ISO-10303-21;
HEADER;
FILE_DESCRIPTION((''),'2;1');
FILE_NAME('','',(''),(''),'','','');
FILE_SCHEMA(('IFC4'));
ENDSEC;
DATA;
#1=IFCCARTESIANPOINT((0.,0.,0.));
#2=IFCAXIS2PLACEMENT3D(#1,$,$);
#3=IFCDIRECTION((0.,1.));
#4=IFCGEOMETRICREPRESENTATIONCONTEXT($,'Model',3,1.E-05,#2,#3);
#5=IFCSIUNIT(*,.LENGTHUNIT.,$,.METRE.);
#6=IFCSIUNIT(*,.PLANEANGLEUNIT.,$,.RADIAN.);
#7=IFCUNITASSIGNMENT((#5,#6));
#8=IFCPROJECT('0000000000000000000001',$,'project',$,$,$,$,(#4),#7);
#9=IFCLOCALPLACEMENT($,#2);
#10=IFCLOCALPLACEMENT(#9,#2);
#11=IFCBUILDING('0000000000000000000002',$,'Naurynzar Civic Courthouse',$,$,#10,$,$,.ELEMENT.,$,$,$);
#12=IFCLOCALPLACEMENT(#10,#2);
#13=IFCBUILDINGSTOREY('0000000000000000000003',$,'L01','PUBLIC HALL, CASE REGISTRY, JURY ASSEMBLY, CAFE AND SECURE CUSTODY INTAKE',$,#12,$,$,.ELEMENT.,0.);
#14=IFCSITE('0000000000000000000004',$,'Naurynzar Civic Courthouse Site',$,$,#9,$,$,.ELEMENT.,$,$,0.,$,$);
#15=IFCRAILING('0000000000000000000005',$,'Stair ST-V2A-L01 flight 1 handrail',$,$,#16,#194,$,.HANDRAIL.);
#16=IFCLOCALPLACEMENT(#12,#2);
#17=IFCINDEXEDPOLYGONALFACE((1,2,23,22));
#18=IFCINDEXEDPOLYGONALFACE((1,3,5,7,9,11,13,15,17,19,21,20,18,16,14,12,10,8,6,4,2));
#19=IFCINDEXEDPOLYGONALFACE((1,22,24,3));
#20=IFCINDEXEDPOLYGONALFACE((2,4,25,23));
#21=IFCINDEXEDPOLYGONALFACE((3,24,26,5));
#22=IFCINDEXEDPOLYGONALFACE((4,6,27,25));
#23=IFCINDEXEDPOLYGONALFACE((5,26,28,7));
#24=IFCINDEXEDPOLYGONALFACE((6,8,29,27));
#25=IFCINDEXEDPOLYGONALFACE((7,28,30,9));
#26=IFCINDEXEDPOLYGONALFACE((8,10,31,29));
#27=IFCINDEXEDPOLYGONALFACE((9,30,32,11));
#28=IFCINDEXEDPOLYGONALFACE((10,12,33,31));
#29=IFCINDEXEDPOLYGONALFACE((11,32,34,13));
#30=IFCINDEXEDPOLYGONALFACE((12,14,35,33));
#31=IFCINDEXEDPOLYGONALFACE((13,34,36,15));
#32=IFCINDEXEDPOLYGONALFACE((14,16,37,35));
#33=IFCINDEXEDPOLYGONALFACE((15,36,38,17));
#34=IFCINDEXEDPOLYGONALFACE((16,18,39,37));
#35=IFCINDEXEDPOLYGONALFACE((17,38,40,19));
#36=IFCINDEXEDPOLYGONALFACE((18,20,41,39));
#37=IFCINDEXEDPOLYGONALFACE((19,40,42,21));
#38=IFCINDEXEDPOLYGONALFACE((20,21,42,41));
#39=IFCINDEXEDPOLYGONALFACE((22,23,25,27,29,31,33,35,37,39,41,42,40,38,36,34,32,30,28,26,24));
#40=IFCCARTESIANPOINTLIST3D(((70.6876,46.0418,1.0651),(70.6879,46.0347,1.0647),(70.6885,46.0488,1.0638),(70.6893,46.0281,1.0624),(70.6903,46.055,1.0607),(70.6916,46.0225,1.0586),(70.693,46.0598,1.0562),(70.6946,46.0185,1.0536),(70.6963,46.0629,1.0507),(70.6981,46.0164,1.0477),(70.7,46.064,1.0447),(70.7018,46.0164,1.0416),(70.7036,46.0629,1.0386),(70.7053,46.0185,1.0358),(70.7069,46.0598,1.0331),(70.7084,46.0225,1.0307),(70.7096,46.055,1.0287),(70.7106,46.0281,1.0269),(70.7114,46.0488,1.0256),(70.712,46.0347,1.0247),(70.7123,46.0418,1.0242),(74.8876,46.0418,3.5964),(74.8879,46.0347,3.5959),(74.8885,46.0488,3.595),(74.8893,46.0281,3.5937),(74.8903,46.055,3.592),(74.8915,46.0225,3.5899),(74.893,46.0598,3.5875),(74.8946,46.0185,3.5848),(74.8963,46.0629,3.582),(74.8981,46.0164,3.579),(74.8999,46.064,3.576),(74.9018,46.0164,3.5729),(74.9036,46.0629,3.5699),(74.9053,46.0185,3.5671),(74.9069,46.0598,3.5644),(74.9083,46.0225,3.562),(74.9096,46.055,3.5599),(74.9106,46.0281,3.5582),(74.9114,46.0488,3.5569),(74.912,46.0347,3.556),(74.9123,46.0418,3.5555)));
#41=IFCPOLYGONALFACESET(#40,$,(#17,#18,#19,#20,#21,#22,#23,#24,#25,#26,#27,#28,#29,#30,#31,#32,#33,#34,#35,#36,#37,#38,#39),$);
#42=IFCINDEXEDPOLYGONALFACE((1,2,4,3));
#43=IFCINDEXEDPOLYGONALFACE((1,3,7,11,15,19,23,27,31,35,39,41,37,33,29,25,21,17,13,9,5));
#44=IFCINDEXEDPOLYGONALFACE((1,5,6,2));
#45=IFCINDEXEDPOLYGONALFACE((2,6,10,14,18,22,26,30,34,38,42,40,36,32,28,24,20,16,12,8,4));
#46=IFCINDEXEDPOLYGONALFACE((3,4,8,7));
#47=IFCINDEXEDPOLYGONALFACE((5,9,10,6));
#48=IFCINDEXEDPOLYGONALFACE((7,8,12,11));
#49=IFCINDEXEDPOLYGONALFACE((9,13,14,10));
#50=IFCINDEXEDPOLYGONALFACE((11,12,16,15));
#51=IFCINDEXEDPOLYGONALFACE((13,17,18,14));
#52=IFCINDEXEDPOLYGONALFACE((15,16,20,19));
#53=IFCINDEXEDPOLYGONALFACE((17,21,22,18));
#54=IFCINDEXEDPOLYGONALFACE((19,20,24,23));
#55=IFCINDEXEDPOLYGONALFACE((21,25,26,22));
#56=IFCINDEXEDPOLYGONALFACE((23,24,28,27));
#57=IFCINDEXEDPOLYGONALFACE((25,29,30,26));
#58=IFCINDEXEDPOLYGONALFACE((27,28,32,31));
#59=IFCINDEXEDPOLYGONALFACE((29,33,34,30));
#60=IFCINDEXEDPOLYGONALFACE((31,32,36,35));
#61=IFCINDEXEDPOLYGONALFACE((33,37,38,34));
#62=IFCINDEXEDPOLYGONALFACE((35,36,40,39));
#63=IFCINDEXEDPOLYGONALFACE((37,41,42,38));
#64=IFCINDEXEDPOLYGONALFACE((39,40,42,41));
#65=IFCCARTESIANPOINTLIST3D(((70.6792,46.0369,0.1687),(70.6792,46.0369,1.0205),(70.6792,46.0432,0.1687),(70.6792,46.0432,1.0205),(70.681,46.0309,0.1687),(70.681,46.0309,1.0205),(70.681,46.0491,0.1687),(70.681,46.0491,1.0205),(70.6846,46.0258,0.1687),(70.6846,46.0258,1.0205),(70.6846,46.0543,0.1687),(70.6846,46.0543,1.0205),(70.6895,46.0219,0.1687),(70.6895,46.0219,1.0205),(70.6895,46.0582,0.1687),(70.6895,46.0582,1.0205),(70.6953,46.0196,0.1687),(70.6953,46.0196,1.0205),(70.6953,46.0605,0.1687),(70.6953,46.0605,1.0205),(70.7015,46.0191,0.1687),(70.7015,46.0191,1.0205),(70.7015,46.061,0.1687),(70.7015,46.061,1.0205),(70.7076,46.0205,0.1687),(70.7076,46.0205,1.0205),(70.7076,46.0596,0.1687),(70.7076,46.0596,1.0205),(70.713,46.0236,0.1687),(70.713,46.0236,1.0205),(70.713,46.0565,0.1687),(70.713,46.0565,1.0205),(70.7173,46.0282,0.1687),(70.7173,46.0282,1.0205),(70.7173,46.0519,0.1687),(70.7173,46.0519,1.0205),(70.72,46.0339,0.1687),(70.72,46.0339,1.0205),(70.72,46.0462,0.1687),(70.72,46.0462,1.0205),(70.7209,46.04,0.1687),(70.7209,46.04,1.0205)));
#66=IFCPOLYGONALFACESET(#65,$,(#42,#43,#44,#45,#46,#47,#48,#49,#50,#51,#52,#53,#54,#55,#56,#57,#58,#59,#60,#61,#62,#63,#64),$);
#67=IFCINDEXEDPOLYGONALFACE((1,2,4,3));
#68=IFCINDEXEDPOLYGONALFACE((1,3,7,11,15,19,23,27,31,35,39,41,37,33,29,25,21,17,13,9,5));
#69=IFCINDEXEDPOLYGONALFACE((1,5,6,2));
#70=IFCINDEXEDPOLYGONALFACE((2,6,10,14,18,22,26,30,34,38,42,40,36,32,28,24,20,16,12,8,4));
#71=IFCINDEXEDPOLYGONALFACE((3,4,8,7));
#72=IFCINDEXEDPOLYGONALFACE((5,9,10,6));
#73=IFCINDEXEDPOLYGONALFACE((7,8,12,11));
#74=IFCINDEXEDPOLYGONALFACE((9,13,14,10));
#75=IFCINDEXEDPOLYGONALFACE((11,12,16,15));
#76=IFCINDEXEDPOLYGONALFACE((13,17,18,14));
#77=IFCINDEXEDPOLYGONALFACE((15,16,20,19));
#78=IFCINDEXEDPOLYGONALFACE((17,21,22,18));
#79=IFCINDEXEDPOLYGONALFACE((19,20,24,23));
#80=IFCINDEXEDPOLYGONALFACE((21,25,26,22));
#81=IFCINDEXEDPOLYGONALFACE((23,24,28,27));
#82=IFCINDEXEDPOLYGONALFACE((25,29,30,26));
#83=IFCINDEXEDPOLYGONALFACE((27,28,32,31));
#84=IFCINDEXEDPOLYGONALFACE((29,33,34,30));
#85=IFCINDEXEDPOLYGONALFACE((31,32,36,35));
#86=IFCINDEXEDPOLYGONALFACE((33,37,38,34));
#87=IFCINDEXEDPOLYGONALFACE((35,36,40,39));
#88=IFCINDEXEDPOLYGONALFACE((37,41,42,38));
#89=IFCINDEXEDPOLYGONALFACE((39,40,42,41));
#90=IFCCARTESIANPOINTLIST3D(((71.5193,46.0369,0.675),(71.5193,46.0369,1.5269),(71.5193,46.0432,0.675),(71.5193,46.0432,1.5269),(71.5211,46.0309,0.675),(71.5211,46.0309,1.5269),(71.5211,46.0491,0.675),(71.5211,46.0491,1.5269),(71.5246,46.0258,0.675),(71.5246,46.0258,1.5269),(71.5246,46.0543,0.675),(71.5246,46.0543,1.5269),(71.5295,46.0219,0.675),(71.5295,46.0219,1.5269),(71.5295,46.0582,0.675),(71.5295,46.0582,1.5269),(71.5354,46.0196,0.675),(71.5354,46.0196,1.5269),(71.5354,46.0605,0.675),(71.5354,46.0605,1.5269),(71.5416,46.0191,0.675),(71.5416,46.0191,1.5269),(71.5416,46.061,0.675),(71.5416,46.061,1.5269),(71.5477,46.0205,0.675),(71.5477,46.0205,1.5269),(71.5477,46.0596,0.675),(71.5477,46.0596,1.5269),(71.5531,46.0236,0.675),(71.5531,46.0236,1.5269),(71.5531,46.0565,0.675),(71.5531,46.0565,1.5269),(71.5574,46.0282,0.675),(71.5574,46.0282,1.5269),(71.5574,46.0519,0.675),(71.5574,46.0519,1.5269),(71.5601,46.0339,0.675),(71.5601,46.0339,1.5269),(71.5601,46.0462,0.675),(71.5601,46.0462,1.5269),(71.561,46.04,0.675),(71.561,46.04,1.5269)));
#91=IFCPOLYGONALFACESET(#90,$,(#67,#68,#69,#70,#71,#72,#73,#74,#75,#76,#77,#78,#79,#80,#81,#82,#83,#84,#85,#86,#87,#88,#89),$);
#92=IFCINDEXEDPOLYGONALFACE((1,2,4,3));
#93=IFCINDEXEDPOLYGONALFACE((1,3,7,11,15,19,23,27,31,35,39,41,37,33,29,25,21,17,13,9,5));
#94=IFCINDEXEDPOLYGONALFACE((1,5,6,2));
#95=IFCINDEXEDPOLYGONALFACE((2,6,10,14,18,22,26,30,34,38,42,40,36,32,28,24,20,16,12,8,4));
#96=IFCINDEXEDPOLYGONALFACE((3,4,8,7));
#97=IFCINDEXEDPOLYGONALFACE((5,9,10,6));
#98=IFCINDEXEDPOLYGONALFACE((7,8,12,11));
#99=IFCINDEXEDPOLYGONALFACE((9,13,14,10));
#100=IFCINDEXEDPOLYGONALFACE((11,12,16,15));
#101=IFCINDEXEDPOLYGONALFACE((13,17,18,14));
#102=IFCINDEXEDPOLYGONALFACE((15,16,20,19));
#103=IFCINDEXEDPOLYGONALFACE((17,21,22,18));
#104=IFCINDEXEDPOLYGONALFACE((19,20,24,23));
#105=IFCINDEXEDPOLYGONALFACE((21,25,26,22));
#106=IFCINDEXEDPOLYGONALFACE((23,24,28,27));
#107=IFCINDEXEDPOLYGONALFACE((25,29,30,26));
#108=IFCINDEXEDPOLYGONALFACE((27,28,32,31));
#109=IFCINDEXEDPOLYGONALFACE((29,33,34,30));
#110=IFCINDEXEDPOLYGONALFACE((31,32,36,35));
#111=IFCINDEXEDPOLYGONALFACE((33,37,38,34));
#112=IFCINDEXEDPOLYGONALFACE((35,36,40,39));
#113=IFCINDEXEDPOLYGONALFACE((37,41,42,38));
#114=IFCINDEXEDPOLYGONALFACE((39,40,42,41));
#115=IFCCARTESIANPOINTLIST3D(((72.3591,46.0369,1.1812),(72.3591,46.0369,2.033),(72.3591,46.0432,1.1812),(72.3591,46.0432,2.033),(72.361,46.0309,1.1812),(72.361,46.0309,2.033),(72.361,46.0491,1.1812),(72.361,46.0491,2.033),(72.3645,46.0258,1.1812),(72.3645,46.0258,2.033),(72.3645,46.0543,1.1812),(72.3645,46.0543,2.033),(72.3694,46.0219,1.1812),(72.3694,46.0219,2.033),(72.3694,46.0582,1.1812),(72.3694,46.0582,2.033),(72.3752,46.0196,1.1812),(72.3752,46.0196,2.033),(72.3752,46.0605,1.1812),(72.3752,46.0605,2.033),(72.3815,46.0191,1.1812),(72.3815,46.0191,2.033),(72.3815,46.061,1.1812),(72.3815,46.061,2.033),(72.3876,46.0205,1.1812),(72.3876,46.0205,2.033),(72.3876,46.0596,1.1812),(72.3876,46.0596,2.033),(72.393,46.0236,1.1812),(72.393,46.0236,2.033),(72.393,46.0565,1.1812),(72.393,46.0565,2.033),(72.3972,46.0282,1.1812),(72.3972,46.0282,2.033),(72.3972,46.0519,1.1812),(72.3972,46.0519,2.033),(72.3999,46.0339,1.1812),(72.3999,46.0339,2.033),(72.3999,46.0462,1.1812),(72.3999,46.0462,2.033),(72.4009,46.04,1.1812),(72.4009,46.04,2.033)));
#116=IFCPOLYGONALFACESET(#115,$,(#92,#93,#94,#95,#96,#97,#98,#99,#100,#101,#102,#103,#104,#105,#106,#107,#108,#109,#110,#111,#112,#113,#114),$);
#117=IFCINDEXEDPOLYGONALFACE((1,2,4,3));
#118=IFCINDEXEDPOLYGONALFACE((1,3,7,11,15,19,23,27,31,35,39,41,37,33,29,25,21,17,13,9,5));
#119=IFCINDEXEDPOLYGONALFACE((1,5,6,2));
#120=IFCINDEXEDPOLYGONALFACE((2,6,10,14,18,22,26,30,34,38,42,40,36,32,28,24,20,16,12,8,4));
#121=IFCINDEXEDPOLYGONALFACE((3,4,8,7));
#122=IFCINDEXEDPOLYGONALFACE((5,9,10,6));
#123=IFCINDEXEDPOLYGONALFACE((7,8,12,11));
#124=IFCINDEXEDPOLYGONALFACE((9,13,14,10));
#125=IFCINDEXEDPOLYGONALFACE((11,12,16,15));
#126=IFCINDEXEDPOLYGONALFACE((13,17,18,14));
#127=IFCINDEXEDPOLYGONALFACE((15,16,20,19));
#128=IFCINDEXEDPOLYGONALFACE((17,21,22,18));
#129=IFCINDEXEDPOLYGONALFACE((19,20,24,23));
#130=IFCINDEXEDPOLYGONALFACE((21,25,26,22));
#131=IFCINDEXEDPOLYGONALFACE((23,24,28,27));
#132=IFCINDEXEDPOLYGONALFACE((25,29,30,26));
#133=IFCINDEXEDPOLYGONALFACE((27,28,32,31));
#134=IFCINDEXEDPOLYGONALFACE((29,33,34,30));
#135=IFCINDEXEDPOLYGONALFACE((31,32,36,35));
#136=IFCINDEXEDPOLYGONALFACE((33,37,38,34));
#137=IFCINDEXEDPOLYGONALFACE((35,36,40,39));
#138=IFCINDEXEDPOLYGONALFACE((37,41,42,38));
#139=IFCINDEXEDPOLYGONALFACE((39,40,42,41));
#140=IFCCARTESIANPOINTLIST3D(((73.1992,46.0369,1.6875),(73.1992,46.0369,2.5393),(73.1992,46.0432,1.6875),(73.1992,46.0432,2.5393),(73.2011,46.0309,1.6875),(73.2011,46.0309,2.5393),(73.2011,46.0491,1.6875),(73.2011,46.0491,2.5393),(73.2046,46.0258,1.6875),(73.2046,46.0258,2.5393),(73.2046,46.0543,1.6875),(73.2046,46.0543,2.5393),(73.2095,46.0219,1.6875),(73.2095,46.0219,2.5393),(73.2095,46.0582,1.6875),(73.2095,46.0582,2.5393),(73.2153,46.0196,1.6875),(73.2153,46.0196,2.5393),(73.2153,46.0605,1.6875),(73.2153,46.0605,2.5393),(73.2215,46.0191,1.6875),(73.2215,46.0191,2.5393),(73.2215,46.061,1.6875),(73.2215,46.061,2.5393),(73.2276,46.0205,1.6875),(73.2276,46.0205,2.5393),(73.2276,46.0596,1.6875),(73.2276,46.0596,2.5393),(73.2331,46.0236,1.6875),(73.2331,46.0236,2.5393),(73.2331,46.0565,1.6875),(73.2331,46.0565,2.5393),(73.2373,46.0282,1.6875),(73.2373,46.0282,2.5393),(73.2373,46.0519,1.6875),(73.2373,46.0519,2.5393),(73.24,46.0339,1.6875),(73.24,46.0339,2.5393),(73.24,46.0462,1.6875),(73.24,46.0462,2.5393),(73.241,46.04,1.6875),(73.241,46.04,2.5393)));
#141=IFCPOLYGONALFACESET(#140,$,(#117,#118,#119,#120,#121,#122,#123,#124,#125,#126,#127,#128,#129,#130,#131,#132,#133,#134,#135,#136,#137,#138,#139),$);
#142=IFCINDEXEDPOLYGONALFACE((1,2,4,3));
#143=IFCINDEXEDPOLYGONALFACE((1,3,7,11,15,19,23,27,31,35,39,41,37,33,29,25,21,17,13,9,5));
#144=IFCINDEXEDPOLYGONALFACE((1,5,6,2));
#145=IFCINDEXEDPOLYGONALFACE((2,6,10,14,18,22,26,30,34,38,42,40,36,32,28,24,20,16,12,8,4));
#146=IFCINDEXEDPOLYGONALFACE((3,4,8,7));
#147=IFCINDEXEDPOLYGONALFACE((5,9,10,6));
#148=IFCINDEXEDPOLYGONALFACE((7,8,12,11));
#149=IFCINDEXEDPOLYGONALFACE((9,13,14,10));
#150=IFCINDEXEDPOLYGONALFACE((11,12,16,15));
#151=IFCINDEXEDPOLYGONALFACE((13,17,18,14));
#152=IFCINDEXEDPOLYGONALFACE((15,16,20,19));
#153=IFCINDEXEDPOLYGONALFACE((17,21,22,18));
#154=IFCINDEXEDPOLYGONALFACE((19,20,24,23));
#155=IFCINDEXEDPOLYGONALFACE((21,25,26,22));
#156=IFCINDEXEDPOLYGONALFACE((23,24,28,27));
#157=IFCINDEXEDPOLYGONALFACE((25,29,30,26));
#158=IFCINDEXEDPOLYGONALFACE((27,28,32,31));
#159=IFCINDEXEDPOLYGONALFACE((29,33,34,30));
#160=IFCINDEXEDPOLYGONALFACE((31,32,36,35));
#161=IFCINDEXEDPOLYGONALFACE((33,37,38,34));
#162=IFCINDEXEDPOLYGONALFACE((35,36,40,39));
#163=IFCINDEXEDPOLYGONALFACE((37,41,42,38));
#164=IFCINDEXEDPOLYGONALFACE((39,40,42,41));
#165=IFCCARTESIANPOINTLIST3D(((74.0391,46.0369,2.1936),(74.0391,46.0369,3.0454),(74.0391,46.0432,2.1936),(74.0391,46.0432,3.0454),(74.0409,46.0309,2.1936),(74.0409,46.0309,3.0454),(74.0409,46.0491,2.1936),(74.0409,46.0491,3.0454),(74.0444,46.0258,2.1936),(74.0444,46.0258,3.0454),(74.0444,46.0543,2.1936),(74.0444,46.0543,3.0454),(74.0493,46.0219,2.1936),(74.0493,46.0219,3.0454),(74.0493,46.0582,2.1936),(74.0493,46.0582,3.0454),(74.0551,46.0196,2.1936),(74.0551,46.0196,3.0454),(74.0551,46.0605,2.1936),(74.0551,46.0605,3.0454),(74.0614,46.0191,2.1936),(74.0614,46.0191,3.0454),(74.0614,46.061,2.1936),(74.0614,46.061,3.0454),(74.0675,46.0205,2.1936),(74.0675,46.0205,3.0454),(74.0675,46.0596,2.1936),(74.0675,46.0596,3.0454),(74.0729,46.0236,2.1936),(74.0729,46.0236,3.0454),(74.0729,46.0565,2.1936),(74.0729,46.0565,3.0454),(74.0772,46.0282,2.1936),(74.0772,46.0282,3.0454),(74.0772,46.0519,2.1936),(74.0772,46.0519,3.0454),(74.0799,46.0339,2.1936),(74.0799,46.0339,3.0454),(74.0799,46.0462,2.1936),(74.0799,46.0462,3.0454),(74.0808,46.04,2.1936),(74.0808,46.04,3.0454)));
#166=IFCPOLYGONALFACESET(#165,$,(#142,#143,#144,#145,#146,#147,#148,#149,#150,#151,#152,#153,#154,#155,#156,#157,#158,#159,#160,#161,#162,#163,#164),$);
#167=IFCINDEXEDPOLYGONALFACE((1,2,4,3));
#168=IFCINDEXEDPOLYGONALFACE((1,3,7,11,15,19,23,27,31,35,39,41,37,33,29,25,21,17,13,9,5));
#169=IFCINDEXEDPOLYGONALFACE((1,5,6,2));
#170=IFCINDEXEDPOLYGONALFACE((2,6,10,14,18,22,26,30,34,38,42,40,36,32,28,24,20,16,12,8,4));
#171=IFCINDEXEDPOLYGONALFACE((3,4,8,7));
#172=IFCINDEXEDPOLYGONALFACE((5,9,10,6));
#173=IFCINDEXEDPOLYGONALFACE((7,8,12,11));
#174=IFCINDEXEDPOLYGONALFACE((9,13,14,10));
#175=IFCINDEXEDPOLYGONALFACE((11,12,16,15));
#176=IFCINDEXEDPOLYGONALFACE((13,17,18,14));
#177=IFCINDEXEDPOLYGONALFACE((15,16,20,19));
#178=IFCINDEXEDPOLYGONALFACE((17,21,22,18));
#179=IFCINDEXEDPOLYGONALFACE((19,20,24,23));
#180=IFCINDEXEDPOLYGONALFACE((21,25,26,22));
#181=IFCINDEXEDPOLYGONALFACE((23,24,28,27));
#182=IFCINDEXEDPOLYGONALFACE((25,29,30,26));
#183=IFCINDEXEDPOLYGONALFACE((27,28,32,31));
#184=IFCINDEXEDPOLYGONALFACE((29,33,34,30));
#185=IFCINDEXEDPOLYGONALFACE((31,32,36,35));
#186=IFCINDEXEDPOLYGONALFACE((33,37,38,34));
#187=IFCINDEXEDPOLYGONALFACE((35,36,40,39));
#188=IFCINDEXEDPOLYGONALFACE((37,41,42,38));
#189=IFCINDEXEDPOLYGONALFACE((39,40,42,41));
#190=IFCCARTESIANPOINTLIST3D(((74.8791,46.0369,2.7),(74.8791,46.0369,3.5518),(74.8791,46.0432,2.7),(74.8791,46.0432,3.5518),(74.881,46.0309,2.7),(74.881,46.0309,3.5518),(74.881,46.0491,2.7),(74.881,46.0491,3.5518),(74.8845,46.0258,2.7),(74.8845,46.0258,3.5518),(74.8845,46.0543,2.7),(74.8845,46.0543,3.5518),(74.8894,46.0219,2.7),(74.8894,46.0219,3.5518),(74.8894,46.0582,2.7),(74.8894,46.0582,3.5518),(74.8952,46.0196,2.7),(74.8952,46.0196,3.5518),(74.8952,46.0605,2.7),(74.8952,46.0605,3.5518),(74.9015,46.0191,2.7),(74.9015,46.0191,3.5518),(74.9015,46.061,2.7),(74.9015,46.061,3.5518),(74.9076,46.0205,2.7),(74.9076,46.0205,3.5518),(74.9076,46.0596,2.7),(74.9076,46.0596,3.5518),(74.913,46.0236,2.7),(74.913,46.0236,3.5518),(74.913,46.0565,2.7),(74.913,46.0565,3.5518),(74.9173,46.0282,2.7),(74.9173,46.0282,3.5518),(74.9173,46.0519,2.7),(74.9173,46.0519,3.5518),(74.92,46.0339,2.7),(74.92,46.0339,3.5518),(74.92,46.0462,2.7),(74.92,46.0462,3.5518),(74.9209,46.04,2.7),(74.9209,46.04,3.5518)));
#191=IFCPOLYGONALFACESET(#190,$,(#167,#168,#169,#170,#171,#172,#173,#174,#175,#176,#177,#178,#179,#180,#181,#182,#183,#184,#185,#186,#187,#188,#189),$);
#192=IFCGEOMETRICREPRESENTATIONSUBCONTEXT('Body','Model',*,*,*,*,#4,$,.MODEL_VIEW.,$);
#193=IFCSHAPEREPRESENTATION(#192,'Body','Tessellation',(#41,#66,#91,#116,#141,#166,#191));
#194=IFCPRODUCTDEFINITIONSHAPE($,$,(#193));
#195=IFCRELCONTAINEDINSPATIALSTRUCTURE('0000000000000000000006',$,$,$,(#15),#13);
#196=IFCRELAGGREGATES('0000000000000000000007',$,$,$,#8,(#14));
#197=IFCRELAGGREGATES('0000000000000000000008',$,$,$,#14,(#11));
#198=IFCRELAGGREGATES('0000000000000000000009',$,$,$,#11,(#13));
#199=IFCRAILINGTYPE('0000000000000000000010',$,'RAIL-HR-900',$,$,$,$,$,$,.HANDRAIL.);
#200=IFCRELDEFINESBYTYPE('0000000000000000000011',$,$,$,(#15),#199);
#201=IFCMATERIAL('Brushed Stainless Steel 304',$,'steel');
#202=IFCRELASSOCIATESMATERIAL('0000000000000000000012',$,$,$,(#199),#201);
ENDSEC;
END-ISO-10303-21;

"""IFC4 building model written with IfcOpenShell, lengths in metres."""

from ifc_helpers import new_model, si_unit, direction, frame, origin, origin_2d, place, context, subcontext, project, spatial, circle, extrude, material, type_object, element, save


model = new_model("IFC4")

# Units and contexts
model_context = context("Model", 3, precision=1e-05, world=origin(), true_north=direction((0.0, 1.0)))
body_context = subcontext(model_context, "Body", "Model", "MODEL_VIEW")
ifc_project = project(units=[si_unit("LENGTHUNIT", "METRE"), si_unit("PLANEANGLEUNIT", "RADIAN")], contexts=[model_context])

# Site, building, storey
site_placement = place(None, origin())
site = spatial("IfcSite", under=ifc_project, at=site_placement, Name="Naurynzar Civic Courthouse Site", CompositionType="ELEMENT", RefElevation=0.0)
building_placement = place(site_placement, origin())
building = spatial("IfcBuilding", under=site, at=building_placement, Name="Naurynzar Civic Courthouse", CompositionType="ELEMENT")
storey_placement = place(building_placement, origin())
storey = spatial("IfcBuildingStorey", under=building, at=storey_placement, Name="L01", Description="PUBLIC HALL, CASE REGISTRY, JURY ASSEMBLY, CAFE AND SECURE CUSTODY INTAKE", CompositionType="ELEMENT", Elevation=0.0)

# Railing
ifc_material_1 = material(Name="Brushed Stainless Steel 304", Category="steel")
railing_type_1 = type_object("IfcRailingType", Name="RAIL-HR-900", PredefinedType="HANDRAIL", material=ifc_material_1)
railing_1_placement = place(storey_placement, frame((70.7, 46.04, 0.1687)))
element("IfcRailing", 1, at=railing_1_placement, inside=storey, type_object=railing_type_1, Name="Stair ST-V2A-L01 flight 1 handrail", PredefinedType="HANDRAIL", context=body_context, shape_type="SweptSolid", body=[
    extrude(circle(Radius=0.0239, at=origin_2d()), frame((0.0, 0.0, 0.876), z_axis=(0.856476, 0.0, 0.516186), x_axis=(0.0, 1.0, 0.0)), (0.0, 0.0, 1.0), 4.9038),
    extrude(circle(Radius=0.021, at=origin_2d()), origin(), (0.0, 0.0, 1.0), 0.8518),
    extrude(circle(Radius=0.021, at=origin_2d()), frame((0.8401, 0.0, 0.5063)), (0.0, 0.0, 1.0), 0.8518),
    extrude(circle(Radius=0.021, at=origin_2d()), frame((1.6799, 0.0, 1.0125)), (0.0, 0.0, 1.0), 0.8518),
    extrude(circle(Radius=0.021, at=origin_2d()), frame((2.52, 0.0, 1.5188)), (0.0, 0.0, 1.0), 0.8518),
    extrude(circle(Radius=0.021, at=origin_2d()), frame((3.3599, 0.0, 2.0249)), (0.0, 0.0, 1.0), 0.8518),
    extrude(circle(Radius=0.021, at=origin_2d()), frame((4.2, 0.0, 2.5312)), (0.0, 0.0, 1.0), 0.8518),
])

save(model, "model.ifc")
